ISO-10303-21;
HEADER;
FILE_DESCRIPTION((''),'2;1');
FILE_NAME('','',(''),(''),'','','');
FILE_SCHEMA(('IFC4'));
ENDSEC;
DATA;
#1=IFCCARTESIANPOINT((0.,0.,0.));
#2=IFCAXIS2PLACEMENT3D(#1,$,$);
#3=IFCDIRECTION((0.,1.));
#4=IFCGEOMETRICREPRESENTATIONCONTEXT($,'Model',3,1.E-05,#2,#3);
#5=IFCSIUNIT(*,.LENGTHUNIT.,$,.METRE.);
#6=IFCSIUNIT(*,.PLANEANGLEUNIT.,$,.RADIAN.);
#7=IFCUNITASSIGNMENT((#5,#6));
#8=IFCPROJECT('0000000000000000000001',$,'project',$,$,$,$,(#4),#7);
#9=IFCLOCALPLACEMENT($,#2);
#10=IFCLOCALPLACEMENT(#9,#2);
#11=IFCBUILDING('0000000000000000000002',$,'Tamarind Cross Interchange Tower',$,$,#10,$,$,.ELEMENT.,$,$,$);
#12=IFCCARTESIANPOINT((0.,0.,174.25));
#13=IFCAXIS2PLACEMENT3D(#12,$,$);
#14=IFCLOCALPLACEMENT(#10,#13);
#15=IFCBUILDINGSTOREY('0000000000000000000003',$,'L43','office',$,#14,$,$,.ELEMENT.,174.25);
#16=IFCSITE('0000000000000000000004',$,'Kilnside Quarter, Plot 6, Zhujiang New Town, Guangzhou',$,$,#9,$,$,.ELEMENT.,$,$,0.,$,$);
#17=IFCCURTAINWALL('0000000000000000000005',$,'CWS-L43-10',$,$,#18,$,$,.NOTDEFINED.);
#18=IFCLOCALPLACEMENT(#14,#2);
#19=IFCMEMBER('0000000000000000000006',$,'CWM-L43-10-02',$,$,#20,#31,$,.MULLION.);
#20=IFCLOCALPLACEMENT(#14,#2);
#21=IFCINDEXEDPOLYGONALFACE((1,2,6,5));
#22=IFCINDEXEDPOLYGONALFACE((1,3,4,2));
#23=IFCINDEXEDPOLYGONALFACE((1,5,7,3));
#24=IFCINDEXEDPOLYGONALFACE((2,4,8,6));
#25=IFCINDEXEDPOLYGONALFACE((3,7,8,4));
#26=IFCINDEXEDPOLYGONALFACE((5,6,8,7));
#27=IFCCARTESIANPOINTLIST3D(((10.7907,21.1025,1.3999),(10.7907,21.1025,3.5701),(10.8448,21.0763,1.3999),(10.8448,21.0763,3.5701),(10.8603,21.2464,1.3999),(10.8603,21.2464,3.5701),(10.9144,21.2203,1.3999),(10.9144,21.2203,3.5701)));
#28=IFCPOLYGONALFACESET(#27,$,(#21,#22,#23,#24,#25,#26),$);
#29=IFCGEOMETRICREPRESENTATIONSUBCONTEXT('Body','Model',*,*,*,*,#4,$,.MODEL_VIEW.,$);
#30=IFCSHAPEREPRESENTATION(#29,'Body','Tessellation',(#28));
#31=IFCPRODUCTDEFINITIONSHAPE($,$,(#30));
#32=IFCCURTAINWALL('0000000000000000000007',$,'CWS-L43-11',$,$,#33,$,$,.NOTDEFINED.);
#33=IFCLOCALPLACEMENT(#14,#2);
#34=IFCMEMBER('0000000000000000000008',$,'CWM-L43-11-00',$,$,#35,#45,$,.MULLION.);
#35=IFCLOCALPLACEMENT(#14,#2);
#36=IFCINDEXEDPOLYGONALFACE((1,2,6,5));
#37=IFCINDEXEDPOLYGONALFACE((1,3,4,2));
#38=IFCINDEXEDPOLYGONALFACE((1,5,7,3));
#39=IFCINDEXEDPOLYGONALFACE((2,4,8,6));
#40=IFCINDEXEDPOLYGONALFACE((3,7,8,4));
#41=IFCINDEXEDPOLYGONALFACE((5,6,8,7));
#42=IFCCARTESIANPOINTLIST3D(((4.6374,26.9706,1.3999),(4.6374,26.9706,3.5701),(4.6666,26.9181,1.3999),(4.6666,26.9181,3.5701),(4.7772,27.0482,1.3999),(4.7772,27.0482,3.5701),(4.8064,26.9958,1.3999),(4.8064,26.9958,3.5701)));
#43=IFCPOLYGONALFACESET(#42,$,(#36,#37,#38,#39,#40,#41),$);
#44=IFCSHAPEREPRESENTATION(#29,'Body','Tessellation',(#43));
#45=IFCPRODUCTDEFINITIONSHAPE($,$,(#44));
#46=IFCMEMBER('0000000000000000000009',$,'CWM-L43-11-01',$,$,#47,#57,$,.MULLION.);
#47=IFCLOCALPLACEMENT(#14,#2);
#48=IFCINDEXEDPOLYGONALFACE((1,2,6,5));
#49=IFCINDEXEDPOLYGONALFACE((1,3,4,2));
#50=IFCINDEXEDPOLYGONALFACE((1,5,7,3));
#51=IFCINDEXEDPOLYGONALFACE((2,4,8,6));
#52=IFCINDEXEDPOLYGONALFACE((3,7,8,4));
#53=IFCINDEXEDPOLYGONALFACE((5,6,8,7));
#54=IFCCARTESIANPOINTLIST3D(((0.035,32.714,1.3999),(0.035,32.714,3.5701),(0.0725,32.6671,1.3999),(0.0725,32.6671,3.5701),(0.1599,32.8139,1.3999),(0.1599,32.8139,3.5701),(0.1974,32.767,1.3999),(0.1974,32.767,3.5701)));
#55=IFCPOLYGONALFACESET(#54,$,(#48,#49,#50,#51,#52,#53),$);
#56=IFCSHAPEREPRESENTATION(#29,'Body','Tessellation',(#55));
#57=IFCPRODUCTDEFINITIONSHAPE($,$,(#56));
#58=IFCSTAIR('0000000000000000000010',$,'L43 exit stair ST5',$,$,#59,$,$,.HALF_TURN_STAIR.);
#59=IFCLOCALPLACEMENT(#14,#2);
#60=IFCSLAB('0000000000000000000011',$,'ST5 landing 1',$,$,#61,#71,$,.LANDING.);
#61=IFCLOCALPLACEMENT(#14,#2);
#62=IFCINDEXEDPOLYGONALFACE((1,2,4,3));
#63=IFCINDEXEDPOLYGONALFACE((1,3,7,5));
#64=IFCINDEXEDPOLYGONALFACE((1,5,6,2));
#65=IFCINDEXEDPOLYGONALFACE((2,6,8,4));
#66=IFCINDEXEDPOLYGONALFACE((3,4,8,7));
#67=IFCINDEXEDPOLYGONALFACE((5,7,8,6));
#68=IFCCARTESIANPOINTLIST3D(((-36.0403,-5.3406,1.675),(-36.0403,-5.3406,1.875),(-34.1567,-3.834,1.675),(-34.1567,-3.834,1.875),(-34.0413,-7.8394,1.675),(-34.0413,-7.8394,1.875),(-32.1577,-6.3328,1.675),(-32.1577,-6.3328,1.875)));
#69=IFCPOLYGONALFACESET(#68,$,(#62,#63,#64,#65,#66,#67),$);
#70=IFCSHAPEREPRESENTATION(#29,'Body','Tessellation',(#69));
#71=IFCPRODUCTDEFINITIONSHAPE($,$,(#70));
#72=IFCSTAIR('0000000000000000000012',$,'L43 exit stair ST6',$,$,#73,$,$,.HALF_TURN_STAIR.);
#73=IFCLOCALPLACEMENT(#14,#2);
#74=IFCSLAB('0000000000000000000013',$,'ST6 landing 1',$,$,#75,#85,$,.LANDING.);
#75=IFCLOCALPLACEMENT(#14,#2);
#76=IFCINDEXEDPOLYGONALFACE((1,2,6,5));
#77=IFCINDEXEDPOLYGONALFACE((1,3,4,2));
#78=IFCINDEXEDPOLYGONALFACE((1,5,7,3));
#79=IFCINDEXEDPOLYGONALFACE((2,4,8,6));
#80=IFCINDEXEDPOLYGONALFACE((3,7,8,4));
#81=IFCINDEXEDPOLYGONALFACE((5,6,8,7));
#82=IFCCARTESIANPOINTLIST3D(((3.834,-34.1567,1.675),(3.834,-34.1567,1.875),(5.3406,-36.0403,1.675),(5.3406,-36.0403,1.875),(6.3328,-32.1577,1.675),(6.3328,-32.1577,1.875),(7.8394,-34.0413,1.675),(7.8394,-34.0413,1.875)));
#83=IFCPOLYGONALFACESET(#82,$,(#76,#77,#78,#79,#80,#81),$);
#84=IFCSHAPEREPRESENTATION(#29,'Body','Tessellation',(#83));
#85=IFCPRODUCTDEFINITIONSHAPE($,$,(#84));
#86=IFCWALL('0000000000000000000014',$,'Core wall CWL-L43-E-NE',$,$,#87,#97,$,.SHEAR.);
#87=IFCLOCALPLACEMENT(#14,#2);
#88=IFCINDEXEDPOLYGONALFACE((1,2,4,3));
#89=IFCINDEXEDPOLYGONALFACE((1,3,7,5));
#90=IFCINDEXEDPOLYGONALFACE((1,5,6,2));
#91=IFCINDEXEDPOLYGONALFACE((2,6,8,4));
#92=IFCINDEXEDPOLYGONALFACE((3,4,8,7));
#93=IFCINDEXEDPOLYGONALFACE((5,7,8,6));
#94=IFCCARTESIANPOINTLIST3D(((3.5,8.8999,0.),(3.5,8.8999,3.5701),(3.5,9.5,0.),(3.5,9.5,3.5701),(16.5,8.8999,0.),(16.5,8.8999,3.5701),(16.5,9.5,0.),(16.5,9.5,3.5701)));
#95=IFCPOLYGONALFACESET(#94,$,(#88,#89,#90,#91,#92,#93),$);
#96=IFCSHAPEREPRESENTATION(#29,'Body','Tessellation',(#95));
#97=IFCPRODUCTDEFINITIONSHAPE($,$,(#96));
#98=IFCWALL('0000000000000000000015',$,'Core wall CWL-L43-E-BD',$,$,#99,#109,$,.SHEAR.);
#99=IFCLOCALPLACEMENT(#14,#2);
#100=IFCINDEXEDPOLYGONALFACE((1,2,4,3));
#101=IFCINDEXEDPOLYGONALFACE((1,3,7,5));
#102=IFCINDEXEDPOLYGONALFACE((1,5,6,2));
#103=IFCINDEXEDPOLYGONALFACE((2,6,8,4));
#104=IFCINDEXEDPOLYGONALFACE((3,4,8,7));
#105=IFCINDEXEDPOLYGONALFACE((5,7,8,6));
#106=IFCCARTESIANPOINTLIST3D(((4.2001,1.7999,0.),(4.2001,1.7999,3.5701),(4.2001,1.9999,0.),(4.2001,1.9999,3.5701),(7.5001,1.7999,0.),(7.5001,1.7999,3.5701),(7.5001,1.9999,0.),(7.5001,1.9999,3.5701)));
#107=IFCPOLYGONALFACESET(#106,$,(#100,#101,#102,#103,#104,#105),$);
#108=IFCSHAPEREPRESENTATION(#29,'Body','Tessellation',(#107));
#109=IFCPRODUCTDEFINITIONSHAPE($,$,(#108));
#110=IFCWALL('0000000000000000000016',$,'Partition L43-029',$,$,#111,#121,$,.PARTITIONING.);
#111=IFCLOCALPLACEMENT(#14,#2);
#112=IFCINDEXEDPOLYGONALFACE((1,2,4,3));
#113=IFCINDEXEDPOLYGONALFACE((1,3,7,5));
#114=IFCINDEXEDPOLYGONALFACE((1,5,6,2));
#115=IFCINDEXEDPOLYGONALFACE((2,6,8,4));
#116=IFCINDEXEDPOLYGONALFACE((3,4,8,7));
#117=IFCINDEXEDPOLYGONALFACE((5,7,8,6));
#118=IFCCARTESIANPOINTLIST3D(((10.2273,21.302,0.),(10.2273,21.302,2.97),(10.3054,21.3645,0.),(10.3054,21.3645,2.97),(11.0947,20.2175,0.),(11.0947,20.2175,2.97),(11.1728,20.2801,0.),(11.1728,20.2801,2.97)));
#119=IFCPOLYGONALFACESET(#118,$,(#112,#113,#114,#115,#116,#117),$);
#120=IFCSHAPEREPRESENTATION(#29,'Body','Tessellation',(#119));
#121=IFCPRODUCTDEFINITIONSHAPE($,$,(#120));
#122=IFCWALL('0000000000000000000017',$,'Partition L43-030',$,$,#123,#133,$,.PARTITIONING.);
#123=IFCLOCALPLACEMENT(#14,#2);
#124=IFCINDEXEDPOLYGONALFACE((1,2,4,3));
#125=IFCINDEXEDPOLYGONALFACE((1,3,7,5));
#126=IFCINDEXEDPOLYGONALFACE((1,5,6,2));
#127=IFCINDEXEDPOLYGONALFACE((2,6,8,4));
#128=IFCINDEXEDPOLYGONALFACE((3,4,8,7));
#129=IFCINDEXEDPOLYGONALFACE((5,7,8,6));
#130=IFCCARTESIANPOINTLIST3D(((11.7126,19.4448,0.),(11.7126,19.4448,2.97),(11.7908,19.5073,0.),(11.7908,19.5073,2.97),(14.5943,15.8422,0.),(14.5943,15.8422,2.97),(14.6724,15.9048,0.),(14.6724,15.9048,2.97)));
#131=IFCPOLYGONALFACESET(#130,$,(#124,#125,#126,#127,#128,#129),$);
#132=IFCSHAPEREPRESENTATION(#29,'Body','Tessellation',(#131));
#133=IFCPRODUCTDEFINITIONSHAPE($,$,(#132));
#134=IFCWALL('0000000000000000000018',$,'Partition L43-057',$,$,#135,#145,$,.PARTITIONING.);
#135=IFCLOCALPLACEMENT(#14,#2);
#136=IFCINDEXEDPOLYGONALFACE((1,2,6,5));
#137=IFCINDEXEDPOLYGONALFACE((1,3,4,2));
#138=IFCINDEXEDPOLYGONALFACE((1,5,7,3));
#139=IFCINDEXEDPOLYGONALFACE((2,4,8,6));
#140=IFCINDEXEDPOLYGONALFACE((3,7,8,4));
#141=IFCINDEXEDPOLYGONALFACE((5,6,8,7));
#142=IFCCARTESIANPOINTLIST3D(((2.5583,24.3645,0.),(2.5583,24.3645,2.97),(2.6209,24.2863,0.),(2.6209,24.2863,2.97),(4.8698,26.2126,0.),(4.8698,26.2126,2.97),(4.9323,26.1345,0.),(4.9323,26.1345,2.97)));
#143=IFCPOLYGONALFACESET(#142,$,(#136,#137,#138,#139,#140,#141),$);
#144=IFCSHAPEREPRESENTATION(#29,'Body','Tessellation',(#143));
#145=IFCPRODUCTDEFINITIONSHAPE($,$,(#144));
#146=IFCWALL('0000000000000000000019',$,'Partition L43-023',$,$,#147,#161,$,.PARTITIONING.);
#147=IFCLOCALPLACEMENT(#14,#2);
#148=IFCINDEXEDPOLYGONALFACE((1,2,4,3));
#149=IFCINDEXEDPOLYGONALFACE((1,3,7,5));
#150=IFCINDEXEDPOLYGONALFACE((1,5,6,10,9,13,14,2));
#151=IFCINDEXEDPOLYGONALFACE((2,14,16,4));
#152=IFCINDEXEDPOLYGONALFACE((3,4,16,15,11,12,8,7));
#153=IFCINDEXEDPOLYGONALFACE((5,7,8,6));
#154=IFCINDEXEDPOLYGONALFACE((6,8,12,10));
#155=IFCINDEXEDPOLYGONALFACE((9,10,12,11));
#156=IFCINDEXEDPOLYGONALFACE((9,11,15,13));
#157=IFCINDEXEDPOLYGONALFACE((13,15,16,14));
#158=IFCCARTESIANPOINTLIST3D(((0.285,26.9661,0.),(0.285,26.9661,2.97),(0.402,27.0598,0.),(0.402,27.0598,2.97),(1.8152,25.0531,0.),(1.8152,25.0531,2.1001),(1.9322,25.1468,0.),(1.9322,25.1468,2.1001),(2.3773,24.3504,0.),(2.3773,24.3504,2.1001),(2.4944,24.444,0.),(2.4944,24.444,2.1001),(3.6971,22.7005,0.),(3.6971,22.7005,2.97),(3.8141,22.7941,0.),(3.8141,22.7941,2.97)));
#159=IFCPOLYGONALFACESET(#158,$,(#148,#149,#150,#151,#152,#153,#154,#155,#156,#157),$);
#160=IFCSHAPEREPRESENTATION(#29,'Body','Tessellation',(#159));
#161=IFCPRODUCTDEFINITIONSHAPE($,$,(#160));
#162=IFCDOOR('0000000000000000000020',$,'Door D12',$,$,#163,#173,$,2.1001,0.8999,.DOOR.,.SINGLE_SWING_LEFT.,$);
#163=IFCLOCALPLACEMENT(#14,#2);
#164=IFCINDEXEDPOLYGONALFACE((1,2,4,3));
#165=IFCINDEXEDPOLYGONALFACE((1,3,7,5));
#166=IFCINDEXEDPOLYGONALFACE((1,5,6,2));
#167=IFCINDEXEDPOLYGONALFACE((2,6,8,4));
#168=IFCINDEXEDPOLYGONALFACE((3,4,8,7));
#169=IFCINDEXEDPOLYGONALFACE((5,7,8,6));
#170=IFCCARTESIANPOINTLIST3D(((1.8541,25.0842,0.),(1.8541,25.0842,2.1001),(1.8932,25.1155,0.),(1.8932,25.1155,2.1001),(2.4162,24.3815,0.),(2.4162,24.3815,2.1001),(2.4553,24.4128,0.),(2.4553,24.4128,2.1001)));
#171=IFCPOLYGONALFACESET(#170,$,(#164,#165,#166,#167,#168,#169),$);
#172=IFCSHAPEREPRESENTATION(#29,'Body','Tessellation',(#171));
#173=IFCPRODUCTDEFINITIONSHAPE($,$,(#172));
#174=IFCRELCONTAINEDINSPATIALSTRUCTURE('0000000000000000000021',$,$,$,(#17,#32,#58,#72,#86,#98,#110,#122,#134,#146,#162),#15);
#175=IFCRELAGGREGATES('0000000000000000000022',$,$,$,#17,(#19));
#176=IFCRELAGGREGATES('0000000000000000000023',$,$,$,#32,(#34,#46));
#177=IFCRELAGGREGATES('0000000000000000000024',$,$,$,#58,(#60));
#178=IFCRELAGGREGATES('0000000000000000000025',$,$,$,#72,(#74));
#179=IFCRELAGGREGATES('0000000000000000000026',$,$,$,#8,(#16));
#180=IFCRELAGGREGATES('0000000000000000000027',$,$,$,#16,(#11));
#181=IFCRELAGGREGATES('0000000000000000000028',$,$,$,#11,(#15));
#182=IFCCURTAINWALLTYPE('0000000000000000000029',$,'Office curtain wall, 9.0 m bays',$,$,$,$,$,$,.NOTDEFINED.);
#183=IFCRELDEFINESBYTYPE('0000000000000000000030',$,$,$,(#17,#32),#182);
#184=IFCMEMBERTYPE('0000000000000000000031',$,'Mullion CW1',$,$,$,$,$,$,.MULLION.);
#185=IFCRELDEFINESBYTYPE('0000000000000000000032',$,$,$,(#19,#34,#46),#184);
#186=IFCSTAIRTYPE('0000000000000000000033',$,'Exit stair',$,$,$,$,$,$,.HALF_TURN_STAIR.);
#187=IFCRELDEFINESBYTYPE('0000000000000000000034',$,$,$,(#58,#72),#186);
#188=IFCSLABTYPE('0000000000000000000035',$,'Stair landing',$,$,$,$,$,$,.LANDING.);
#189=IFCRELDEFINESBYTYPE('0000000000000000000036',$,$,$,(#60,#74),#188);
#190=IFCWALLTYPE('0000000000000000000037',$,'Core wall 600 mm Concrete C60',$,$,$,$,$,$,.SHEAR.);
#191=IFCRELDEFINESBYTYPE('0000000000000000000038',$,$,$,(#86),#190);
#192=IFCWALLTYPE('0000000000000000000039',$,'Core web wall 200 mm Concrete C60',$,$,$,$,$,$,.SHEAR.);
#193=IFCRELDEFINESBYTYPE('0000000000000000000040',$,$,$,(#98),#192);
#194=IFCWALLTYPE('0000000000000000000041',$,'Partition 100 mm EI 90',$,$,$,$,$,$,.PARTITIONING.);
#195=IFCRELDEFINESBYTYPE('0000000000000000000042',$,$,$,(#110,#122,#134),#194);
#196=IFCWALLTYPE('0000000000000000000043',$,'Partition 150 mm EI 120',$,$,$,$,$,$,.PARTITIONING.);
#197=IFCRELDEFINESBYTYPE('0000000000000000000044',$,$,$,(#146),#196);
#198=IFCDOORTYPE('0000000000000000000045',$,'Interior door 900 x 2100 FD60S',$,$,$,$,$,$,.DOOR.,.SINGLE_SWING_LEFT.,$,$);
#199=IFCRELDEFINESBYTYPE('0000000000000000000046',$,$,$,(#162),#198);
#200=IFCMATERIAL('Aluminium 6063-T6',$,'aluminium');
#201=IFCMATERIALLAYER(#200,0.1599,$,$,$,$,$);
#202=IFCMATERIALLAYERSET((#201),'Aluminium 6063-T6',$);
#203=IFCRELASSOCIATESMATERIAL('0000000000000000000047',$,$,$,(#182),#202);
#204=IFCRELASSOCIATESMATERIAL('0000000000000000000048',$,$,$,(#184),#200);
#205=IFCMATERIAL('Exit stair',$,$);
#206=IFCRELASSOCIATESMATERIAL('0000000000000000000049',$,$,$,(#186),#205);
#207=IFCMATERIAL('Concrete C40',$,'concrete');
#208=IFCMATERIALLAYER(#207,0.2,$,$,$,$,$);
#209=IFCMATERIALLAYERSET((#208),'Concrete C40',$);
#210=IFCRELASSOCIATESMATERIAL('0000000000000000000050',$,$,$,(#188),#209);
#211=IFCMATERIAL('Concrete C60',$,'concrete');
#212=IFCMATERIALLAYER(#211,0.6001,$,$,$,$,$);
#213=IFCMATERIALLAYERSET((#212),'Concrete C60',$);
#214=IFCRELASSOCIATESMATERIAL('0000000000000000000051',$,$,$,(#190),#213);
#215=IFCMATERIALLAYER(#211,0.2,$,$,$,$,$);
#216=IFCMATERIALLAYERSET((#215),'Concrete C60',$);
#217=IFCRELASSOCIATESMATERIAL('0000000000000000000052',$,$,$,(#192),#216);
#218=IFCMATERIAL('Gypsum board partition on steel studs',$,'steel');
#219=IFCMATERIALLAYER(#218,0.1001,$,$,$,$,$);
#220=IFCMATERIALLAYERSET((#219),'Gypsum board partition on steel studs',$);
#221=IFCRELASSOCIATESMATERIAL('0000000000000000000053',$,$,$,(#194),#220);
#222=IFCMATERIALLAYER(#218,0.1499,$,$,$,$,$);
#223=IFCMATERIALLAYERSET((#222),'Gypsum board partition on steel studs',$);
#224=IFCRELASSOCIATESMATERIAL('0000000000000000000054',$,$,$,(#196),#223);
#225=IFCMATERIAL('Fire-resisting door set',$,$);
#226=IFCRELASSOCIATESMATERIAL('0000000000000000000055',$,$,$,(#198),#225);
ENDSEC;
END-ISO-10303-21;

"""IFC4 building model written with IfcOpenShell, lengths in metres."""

from ifc_helpers import new_model, si_unit, direction, frame, frame_2d, origin, origin_2d, place, context, subcontext, project, spatial, polyline, rectangle, outline, extrude, material, layer, layer_set, material_profile, profile_set, type_object, element, fill, aggregate, save


model = new_model("IFC4")

# Units and contexts
model_context = context("Model", 3, precision=1e-05, world=origin(), true_north=direction((0.0, 1.0)))
body_context = subcontext(model_context, "Body", "Model", "MODEL_VIEW")
ifc_project = project(units=[si_unit("LENGTHUNIT", "METRE"), si_unit("PLANEANGLEUNIT", "RADIAN")], contexts=[model_context])

# Site, building, storey
site_placement = place(None, origin())
site = spatial("IfcSite", under=ifc_project, at=site_placement, Name="Kilnside Quarter, Plot 6, Zhujiang New Town, Guangzhou", CompositionType="ELEMENT", RefElevation=0.0)
building_placement = place(site_placement, origin())
building = spatial("IfcBuilding", under=site, at=building_placement, Name="Tamarind Cross Interchange Tower", CompositionType="ELEMENT")
storey_placement = place(building_placement, frame((0.0, 0.0, 174.25)))
storey = spatial("IfcBuildingStorey", under=building, at=storey_placement, Name="L43", Description="office", CompositionType="ELEMENT", Elevation=174.25)

# Shared definitions
ifc_material_1 = material(Name="Concrete C60", Category="concrete")

# Curtain wall, member
ifc_material_2 = material(Name="Aluminium 6063-T6", Category="aluminium")
ifc_layer_1 = layer(ifc_material_2, 0.1599)
ifc_layer_set_1 = layer_set([ifc_layer_1], Name="Aluminium 6063-T6")
curtain_wall_type = type_object("IfcCurtainWallType", Name="Office curtain wall, 9.0 m bays", PredefinedType="NOTDEFINED", material=ifc_layer_set_1)
curtain_wall_1_placement = place(storey_placement, origin())
curtain_wall_1 = element("IfcCurtainWall", 1, at=curtain_wall_1_placement, inside=storey, type_object=curtain_wall_type, Name="CWS-L43-10", PredefinedType="NOTDEFINED")
ifc_material_profile_1 = material_profile(ifc_material_2, rectangle(XDim=0.0601, YDim=0.1599, at=origin_2d()), Name="Mullion CW1")
ifc_profile_set_1 = profile_set([ifc_material_profile_1], Name="Aluminium 6063-T6")
member_type = type_object("IfcMemberType", Name="Mullion CW1", PredefinedType="MULLION", material=ifc_profile_set_1)
member_1_placement = place(storey_placement, frame((10.8525, 21.1614, 1.3999), z_axis=(0.0, 0.0, 1.0), x_axis=(-0.900273, 0.435326, 0.0)))
member_1 = element("IfcMember", 2, at=member_1_placement, type_object=member_type, Name="CWM-L43-10-02", PredefinedType="MULLION", context=body_context, shape_type="SweptSolid", body=[
    extrude(rectangle(XDim=0.0601, YDim=0.1599, at=origin_2d()), origin(), (0.0, 0.0, 1.0), 2.1702),
])
aggregate(curtain_wall_1, [member_1])

# Curtain wall, members
curtain_wall_2_placement = place(storey_placement, origin())
curtain_wall_2 = element("IfcCurtainWall", 3, at=curtain_wall_2_placement, inside=storey, type_object=curtain_wall_type, Name="CWS-L43-11", PredefinedType="NOTDEFINED")
member_2_placement = place(storey_placement, frame((4.7219, 26.9832, 1.3999), z_axis=(0.0, 0.0, 1.0), x_axis=(-0.485868, 0.874032, 0.0)))
member_2 = element("IfcMember", 4, at=member_2_placement, type_object=member_type, Name="CWM-L43-11-00", PredefinedType="MULLION", context=body_context, shape_type="SweptSolid", body=[
    extrude(rectangle(XDim=0.0601, YDim=0.1599, at=origin_2d()), origin(), (0.0, 0.0, 1.0), 2.1702),
])
member_3_placement = place(storey_placement, frame((0.1162, 32.7405, 1.3999), z_axis=(0.0, 0.0, 1.0), x_axis=(-0.624665, 0.780893, 0.0)))
member_3 = element("IfcMember", 5, at=member_3_placement, type_object=member_type, Name="CWM-L43-11-01", PredefinedType="MULLION", context=body_context, shape_type="SweptSolid", body=[
    extrude(rectangle(XDim=0.0601, YDim=0.1599, at=origin_2d()), origin(), (0.0, 0.0, 1.0), 2.1702),
])
aggregate(curtain_wall_2, [member_2, member_3])

# Stairs, slabs
ifc_material_3 = material(Name="Exit stair")
stair_type = type_object("IfcStairType", Name="Exit stair", PredefinedType="HALF_TURN_STAIR", material=ifc_material_3)
stair_1_placement = place(storey_placement, origin())
stair_1 = element("IfcStair", 6, at=stair_1_placement, inside=storey, type_object=stair_type, Name="L43 exit stair ST5", PredefinedType="HALF_TURN_STAIR")
ifc_material_4 = material(Name="Concrete C40", Category="concrete")
ifc_layer_2 = layer(ifc_material_4, 0.2)
ifc_layer_set_2 = layer_set([ifc_layer_2], Name="Concrete C40")
slab_type = type_object("IfcSlabType", Name="Stair landing", PredefinedType="LANDING", material=ifc_layer_set_2)
slab_1_placement = place(storey_placement, frame((0.0, 0.0, 1.675)))
slab_1 = element("IfcSlab", 7, at=slab_1_placement, type_object=slab_type, Name="ST5 landing 1", PredefinedType="LANDING", context=body_context, shape_type="SweptSolid", body=[
    extrude(outline(polyline([(-34.1567, -3.834), (-36.0403, -5.3406), (-34.0413, -7.8394), (-32.1577, -6.3328), (-34.1567, -3.834)])), origin(), (0.0, 0.0, 1.0), 0.2),
])
aggregate(stair_1, [slab_1])
stair_2_placement = place(storey_placement, origin())
stair_2 = element("IfcStair", 8, at=stair_2_placement, inside=storey, type_object=stair_type, Name="L43 exit stair ST6", PredefinedType="HALF_TURN_STAIR")
slab_2_placement = place(storey_placement, frame((0.0, 0.0, 1.675)))
slab_2 = element("IfcSlab", 9, at=slab_2_placement, type_object=slab_type, Name="ST6 landing 1", PredefinedType="LANDING", context=body_context, shape_type="SweptSolid", body=[
    extrude(outline(polyline([(3.834, -34.1567), (5.3406, -36.0403), (7.8394, -34.0413), (6.3328, -32.1577), (3.834, -34.1567)])), origin(), (0.0, 0.0, 1.0), 0.2),
])
aggregate(stair_2, [slab_2])

# Walls
ifc_layer_3 = layer(ifc_material_1, 0.6001)
ifc_layer_set_3 = layer_set([ifc_layer_3], Name="Concrete C60")
wall_type_1 = type_object("IfcWallType", Name="Core wall 600 mm Concrete C60", PredefinedType="SHEAR", material=ifc_layer_set_3)
wall_1_placement = place(storey_placement, frame((16.5, 9.2, 0.0), z_axis=(0.0, 0.0, 1.0), x_axis=(-1.0, 0.0, 0.0)))
element("IfcWall", 10, at=wall_1_placement, inside=storey, type_object=wall_type_1, Name="Core wall CWL-L43-E-NE", PredefinedType="SHEAR", context=body_context, shape_type="SweptSolid", body=[
    extrude(rectangle(XDim=13.0, YDim=0.6001, at=frame_2d((6.5, 0.0))), origin(), (0.0, 0.0, 1.0), 3.5701),
])
ifc_layer_4 = layer(ifc_material_1, 0.2)
ifc_layer_set_4 = layer_set([ifc_layer_4], Name="Concrete C60")
wall_type_2 = type_object("IfcWallType", Name="Core web wall 200 mm Concrete C60", PredefinedType="SHEAR", material=ifc_layer_set_4)
wall_2_placement = place(storey_placement, frame((7.5, 1.8999, 0.0), z_axis=(0.0, 0.0, 1.0), x_axis=(-1.0, 0.0, 0.0)))
element("IfcWall", 11, at=wall_2_placement, inside=storey, type_object=wall_type_2, Name="Core wall CWL-L43-E-BD", PredefinedType="SHEAR", context=body_context, shape_type="SweptSolid", body=[
    extrude(rectangle(XDim=3.3, YDim=0.2, at=frame_2d((1.6499, 0.0))), origin(), (0.0, 0.0, 1.0), 3.5701),
])
ifc_material_5 = material(Name="Gypsum board partition on steel studs", Category="steel")
ifc_layer_5 = layer(ifc_material_5, 0.1001)
ifc_layer_set_5 = layer_set([ifc_layer_5], Name="Gypsum board partition on steel studs")
wall_type_3 = type_object("IfcWallType", Name="Partition 100 mm EI 90", PredefinedType="PARTITIONING", material=ifc_layer_set_5)
wall_3_placement = place(storey_placement, frame((10.2664, 21.3333, 0.0), z_axis=(0.0, 0.0, 1.0), x_axis=(0.624631, -0.78092, 0.0)))
element("IfcWall", 12, at=wall_3_placement, inside=storey, type_object=wall_type_3, Name="Partition L43-029", PredefinedType="PARTITIONING", context=body_context, shape_type="SweptSolid", body=[
    extrude(rectangle(XDim=1.3887, YDim=0.1001, at=frame_2d((0.6943, 0.0))), origin(), (0.0, 0.0, 1.0), 2.97),
])
wall_4_placement = place(storey_placement, frame((11.7517, 19.4761, 0.0), z_axis=(0.0, 0.0, 1.0), x_axis=(0.624637, -0.780915, 0.0)))
element("IfcWall", 13, at=wall_4_placement, inside=storey, type_object=wall_type_3, Name="Partition L43-030", PredefinedType="PARTITIONING", context=body_context, shape_type="SweptSolid", body=[
    extrude(rectangle(XDim=4.6133, YDim=0.1001, at=frame_2d((2.3066, 0.0))), origin(), (0.0, 0.0, 1.0), 2.97),
])
wall_5_placement = place(storey_placement, frame((2.5896, 24.3254, 0.0), z_axis=(0.0, 0.0, 1.0), x_axis=(0.781046, 0.624474, 0.0)))
element("IfcWall", 14, at=wall_5_placement, inside=storey, type_object=wall_type_3, Name="Partition L43-057", PredefinedType="PARTITIONING", context=body_context, shape_type="SweptSolid", body=[
    extrude(rectangle(XDim=2.9595, YDim=0.1001, at=frame_2d((1.4797, 0.0))), origin(), (0.0, 0.0, 1.0), 2.97),
])

# Wall, opening, door
ifc_layer_6 = layer(ifc_material_5, 0.1499)
ifc_layer_set_6 = layer_set([ifc_layer_6], Name="Gypsum board partition on steel studs")
wall_type_4 = type_object("IfcWallType", Name="Partition 150 mm EI 120", PredefinedType="PARTITIONING", material=ifc_layer_set_6)
wall_6_placement = place(storey_placement, frame((0.3435, 27.0129, 0.0), z_axis=(0.0, 0.0, 1.0), x_axis=(0.624651, -0.780904, 0.0)))
wall_6 = element("IfcWall", 15, at=wall_6_placement, inside=storey, type_object=wall_type_4, Name="Partition L43-023", PredefinedType="PARTITIONING", context=body_context, shape_type="SweptSolid", body=[
    extrude(rectangle(XDim=5.4624, YDim=0.1499, at=frame_2d((2.7312, 0.0))), origin(), (0.0, 0.0, 1.0), 2.97),
])
opening_1_placement = place(wall_6_placement, frame((2.4497, 0.0, 0.0)))
opening_1 = element("IfcOpeningElement", 16, at=opening_1_placement, cuts=wall_6, PredefinedType="OPENING", context=body_context, shape_type="SweptSolid", body=[
    extrude(rectangle(XDim=0.8999, YDim=2.1001, at=frame_2d((0.45, 1.05))), frame((0.0, 0.085, 0.0), z_axis=(0.0, -1.0, 0.0), x_axis=(1.0, 0.0, 0.0)), (0.0, 0.0, 1.0), 0.1699),
])
ifc_material_6 = material(Name="Fire-resisting door set")
door_type = type_object("IfcDoorType", Name="Interior door 900 x 2100 FD60S", OperationType="SINGLE_SWING_LEFT", PredefinedType="DOOR", material=ifc_material_6)
door_1_placement = place(opening_1_placement, origin())
door_1 = element("IfcDoor", 17, at=door_1_placement, inside=storey, type_object=door_type, Name="Door D12", OperationType="SINGLE_SWING_LEFT", OverallHeight=2.1001, OverallWidth=0.8999, PredefinedType="DOOR", context=body_context, shape_type="SweptSolid", body=[
    extrude(rectangle(XDim=0.8999, YDim=2.1001, at=frame_2d((0.45, 1.05))), frame((0.0, 0.0249, 0.0), z_axis=(0.0, -1.0, 0.0), x_axis=(1.0, 0.0, 0.0)), (0.0, 0.0, 1.0), 0.05),
])
fill(opening_1, door_1)

save(model, "model.ifc")
